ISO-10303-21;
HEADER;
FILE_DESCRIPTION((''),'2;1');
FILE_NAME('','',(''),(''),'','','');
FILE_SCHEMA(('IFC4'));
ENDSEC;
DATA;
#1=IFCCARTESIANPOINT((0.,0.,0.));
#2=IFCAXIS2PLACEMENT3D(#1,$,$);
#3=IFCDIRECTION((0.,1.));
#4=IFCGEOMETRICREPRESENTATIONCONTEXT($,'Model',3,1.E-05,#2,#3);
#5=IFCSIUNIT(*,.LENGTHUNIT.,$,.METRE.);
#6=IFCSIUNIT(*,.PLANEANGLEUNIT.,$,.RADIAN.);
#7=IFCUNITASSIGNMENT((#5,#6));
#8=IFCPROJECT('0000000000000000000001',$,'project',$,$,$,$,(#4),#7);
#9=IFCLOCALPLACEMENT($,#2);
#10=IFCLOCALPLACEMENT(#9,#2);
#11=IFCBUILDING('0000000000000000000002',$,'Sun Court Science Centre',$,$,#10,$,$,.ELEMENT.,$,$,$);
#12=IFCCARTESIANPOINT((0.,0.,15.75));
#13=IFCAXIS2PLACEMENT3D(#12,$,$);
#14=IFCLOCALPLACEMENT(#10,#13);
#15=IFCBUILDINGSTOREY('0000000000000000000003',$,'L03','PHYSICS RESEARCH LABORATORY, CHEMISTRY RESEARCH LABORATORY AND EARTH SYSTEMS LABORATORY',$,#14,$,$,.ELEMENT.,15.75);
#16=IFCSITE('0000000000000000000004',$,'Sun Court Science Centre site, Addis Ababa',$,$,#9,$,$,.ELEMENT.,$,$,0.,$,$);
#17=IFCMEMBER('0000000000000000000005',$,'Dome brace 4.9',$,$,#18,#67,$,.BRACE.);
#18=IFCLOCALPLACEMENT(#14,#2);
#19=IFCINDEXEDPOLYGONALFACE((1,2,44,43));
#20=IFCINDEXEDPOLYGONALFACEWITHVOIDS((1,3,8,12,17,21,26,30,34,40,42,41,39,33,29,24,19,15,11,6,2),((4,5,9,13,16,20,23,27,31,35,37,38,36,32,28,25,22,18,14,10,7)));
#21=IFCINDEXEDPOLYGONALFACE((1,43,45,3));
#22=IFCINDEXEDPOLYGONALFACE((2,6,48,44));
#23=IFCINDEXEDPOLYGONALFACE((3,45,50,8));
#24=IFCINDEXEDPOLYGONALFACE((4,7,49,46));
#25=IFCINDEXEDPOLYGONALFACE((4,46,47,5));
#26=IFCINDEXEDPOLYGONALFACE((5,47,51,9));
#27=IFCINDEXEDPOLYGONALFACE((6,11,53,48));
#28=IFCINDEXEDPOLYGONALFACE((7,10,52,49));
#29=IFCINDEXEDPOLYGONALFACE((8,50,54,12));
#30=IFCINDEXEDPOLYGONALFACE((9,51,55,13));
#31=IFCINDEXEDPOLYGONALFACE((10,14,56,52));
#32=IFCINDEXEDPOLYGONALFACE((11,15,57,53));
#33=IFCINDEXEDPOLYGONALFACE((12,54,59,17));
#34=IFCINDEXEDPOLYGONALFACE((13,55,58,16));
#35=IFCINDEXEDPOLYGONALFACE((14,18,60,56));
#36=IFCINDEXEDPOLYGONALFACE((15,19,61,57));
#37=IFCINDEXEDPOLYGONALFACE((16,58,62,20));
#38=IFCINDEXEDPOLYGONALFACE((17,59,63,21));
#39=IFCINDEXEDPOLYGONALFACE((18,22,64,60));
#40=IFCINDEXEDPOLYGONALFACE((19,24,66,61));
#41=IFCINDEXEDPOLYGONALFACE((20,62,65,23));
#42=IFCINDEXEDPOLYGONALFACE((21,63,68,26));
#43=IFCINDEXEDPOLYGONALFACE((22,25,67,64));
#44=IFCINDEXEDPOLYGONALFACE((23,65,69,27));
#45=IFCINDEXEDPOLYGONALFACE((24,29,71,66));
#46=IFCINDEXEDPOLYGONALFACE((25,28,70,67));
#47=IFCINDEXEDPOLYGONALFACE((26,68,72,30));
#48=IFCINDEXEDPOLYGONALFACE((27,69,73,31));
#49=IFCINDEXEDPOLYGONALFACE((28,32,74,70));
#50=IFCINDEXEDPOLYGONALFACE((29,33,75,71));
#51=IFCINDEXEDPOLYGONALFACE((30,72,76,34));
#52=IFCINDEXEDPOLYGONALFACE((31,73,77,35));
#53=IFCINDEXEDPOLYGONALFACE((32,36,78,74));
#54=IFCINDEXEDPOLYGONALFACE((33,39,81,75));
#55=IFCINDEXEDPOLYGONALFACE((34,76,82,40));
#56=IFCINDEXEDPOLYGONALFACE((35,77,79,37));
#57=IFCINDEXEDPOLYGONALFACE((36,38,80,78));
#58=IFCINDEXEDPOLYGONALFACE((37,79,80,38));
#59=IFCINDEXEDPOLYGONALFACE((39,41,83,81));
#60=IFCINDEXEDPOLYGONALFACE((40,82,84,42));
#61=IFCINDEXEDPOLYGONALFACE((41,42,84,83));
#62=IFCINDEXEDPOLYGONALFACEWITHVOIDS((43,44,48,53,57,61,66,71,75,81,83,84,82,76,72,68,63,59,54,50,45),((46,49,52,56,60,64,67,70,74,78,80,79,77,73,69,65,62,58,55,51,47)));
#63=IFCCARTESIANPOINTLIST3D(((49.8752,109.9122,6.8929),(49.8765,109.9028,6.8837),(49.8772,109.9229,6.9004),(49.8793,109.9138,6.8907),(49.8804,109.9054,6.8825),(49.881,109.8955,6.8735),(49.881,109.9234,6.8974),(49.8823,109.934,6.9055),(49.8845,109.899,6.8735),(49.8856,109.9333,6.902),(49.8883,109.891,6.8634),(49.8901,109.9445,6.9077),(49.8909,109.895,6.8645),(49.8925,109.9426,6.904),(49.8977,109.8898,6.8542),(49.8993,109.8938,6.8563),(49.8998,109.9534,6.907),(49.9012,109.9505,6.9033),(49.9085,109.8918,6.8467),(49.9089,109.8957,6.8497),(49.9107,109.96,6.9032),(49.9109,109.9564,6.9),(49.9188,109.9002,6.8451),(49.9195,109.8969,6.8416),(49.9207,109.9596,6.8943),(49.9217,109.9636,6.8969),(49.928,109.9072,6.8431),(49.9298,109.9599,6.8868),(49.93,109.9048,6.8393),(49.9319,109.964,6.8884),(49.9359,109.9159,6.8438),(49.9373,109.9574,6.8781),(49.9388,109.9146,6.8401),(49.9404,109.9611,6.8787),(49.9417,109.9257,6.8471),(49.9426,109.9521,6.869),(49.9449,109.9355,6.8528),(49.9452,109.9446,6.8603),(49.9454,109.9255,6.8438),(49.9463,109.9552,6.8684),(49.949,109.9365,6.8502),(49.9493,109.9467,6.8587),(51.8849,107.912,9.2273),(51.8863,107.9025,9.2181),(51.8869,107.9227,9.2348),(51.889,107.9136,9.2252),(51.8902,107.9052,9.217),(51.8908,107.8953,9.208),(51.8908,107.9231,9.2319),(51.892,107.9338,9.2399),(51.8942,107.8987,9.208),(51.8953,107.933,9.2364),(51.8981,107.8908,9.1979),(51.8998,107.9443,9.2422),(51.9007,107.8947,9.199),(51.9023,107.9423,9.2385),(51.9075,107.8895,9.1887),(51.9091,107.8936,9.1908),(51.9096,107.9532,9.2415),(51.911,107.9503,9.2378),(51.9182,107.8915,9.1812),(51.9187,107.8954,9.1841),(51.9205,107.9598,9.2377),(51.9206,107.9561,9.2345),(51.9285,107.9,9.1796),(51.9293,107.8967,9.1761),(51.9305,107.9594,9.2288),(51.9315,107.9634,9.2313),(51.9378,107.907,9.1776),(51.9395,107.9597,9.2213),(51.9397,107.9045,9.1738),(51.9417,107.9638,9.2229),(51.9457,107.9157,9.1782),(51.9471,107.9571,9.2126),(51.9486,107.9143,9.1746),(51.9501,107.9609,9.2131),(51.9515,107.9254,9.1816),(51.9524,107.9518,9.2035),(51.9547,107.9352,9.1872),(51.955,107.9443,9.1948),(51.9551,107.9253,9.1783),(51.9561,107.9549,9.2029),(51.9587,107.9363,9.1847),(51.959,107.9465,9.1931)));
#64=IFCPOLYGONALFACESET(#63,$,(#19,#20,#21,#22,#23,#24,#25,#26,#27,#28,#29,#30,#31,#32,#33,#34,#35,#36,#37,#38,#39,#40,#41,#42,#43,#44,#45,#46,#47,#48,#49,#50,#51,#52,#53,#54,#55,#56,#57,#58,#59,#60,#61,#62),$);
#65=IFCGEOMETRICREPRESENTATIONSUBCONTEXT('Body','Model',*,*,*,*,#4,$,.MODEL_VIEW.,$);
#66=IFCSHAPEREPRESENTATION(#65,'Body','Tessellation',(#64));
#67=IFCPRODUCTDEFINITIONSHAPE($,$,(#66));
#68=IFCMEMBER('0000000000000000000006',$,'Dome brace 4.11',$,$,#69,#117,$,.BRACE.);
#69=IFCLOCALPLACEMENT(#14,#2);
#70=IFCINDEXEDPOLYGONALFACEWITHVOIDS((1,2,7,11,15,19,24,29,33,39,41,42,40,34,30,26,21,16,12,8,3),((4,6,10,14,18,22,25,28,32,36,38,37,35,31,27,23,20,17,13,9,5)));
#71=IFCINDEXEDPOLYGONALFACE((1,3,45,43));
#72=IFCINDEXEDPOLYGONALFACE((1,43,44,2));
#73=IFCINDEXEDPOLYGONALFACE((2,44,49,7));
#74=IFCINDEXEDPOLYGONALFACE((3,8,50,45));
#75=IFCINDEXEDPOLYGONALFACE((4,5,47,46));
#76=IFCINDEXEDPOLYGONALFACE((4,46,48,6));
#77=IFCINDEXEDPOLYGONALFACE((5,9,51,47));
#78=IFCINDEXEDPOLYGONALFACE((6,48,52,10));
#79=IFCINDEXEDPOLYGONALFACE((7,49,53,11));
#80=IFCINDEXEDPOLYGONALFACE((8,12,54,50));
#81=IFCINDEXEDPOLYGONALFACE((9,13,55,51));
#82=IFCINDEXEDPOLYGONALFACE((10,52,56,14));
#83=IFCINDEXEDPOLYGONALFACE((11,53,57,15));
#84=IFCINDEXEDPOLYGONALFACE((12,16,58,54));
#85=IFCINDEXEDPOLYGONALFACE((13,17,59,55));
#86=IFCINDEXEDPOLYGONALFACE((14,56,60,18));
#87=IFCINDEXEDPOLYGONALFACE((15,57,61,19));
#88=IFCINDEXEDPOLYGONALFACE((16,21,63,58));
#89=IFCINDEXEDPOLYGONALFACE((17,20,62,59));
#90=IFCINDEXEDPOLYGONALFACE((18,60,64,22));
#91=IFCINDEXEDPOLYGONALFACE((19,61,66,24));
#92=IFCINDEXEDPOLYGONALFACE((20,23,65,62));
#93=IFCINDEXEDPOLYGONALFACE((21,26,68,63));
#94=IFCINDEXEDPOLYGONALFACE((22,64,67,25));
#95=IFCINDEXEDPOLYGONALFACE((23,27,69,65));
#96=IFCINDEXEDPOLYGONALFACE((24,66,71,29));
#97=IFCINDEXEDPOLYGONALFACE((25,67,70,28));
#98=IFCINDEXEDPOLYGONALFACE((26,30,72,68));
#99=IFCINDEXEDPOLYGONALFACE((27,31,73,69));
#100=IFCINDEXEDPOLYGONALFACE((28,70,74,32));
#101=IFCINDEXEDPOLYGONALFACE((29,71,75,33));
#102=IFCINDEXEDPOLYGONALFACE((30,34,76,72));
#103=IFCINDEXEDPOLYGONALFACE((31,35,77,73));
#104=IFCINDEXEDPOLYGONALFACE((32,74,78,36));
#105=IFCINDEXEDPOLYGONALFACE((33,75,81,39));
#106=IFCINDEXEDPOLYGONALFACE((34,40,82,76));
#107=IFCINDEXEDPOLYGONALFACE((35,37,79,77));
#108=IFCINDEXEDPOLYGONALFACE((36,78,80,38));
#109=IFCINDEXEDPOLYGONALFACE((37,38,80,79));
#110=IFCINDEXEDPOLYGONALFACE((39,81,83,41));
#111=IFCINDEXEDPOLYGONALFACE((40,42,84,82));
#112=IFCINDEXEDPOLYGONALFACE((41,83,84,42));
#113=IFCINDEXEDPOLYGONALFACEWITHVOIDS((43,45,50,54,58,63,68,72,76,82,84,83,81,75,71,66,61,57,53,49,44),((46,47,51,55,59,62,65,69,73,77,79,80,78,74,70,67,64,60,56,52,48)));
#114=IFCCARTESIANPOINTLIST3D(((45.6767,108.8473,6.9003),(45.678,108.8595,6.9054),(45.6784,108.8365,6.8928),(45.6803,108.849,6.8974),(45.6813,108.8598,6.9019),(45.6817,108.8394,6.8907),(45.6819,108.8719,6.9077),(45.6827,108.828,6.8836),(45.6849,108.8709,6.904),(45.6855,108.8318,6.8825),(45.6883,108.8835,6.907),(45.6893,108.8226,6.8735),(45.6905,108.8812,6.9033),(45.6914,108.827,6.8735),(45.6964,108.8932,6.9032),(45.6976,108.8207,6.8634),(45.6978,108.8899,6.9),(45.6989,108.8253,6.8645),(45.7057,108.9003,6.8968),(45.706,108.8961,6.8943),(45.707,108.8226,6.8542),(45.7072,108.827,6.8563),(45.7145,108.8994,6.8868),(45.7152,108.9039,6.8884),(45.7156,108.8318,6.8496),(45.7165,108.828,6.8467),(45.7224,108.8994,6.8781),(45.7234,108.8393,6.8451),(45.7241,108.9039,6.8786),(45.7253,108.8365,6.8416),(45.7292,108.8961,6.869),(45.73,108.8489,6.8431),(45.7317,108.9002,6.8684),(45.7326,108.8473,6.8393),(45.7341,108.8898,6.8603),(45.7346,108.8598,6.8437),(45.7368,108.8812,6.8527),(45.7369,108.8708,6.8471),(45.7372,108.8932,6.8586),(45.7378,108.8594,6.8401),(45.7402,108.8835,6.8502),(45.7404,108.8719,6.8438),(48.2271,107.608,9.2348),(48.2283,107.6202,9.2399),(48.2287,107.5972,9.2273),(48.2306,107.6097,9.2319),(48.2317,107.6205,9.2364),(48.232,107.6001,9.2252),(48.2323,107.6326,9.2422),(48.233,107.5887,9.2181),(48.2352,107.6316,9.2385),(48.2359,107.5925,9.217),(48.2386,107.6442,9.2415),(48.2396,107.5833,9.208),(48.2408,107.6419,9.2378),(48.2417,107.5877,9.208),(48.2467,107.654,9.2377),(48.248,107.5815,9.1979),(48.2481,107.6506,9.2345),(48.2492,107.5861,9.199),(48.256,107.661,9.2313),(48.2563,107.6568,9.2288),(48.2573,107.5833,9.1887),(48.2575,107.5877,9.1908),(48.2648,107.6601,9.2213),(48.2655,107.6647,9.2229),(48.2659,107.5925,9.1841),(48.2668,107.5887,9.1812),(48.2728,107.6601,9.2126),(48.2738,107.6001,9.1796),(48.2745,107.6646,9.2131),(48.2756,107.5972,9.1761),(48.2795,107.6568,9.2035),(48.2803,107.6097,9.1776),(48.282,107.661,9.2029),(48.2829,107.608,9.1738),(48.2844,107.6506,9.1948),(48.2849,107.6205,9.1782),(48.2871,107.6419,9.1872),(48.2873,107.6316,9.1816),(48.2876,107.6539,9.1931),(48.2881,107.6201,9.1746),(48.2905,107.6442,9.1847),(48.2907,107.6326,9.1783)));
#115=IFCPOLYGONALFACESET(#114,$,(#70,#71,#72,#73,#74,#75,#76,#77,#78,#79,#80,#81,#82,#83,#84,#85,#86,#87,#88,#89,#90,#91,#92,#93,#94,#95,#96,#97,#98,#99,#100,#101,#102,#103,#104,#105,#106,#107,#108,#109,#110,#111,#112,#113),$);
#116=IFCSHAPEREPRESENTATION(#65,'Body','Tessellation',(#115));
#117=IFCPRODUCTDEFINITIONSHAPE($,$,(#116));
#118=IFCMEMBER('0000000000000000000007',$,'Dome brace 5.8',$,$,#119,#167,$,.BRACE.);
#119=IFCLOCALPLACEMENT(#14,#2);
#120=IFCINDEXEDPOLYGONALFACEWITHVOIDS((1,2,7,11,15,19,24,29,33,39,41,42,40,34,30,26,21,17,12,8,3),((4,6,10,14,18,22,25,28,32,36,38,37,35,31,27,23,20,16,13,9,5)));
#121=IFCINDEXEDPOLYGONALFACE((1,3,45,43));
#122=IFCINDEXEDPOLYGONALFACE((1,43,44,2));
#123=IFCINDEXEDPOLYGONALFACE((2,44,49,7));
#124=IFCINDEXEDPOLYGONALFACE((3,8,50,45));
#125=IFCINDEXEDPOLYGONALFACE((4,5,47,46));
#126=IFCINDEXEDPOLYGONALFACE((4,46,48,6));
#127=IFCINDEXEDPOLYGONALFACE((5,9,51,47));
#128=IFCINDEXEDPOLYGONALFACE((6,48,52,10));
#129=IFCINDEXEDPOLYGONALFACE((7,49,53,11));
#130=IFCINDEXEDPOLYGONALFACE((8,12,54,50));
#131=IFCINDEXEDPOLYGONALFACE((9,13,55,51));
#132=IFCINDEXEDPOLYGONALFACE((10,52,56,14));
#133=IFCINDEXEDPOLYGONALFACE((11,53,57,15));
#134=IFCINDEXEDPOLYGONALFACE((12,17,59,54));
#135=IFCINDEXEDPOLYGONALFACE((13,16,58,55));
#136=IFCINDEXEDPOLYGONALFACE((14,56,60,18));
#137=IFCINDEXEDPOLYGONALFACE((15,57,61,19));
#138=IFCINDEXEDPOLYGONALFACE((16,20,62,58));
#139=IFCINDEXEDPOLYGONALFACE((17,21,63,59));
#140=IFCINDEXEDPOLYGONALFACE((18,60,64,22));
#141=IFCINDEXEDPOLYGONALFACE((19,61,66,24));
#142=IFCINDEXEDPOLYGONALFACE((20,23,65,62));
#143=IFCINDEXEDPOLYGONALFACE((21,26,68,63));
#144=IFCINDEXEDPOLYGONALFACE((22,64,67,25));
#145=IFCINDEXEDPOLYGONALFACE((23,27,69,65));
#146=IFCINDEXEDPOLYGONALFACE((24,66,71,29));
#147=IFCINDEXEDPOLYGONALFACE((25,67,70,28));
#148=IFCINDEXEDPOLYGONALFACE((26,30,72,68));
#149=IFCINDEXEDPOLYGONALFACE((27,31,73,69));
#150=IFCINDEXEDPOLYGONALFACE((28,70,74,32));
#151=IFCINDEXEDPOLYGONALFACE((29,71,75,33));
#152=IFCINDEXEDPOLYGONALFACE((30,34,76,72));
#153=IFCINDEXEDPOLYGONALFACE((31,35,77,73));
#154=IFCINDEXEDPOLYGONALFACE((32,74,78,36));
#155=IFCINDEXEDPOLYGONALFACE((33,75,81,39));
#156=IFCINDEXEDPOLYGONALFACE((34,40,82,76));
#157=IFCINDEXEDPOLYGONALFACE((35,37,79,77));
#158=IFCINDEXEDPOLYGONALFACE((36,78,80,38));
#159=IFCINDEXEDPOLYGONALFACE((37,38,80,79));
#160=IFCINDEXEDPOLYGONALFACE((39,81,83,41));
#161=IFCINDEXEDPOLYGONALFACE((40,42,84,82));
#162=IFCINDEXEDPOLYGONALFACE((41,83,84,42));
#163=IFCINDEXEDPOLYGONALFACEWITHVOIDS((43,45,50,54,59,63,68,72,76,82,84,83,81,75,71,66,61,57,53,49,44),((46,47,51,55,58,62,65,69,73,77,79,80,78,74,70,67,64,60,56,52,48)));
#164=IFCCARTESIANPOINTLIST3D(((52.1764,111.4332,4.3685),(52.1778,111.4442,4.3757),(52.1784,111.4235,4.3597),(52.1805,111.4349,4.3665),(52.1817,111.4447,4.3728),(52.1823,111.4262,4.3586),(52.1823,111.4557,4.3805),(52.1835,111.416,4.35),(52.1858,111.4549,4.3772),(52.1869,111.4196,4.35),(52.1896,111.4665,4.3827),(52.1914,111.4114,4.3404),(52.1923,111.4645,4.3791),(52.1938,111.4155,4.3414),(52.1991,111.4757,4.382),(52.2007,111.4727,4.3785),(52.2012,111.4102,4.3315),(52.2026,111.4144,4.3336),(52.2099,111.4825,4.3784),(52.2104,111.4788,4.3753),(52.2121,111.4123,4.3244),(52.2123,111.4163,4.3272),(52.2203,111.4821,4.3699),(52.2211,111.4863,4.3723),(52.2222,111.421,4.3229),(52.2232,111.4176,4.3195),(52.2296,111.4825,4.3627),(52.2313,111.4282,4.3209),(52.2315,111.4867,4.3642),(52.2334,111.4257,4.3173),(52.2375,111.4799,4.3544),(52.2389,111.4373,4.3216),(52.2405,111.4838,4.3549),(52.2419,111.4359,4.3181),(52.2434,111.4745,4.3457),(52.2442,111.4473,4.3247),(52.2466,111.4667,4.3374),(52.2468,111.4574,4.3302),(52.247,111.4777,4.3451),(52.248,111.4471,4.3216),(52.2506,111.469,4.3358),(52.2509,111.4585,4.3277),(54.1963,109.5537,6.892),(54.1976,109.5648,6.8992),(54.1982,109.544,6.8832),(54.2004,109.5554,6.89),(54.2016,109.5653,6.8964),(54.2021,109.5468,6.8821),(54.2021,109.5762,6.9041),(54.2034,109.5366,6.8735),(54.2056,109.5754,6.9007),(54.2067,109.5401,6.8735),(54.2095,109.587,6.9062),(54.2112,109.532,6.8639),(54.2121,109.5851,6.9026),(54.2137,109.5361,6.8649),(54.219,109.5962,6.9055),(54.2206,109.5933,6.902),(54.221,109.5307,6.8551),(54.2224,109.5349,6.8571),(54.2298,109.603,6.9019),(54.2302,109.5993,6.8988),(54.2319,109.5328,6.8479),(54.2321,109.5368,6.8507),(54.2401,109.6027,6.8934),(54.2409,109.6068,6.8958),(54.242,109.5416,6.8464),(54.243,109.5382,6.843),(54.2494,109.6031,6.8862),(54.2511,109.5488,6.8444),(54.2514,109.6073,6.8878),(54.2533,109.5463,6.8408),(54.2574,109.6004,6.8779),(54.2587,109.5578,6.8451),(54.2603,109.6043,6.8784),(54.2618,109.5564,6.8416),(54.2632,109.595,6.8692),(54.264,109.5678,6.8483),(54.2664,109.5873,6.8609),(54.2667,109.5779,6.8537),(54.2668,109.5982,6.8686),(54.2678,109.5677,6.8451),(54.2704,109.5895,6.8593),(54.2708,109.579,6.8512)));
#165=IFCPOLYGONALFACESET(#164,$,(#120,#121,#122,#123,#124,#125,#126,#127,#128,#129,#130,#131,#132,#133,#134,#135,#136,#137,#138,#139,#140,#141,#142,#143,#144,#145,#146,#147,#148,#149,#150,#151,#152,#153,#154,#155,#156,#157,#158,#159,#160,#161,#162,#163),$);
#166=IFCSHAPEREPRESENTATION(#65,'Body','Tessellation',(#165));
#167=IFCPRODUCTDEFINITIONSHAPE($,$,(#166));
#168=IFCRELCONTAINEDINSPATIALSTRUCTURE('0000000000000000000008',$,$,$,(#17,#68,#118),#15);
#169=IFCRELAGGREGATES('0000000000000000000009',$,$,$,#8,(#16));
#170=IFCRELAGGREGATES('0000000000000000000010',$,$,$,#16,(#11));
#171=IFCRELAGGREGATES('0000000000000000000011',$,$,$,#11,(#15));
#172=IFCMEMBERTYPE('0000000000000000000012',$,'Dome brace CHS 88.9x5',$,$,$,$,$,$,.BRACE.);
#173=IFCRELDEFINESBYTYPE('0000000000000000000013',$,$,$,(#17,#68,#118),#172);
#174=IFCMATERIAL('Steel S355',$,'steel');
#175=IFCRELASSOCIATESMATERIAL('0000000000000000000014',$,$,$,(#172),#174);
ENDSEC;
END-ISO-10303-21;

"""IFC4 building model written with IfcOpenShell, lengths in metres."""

from ifc_helpers import new_model, si_unit, direction, frame, origin, origin_2d, place, context, subcontext, project, spatial, hollow_circle, extrude, material, material_profile, profile_set, type_object, element, save


model = new_model("IFC4")

# Units and contexts
model_context = context("Model", 3, precision=1e-05, world=origin(), true_north=direction((0.0, 1.0)))
body_context = subcontext(model_context, "Body", "Model", "MODEL_VIEW")
ifc_project = project(units=[si_unit("LENGTHUNIT", "METRE"), si_unit("PLANEANGLEUNIT", "RADIAN")], contexts=[model_context])

# Site, building, storey
site_placement = place(None, origin())
site = spatial("IfcSite", under=ifc_project, at=site_placement, Name="Sun Court Science Centre site, Addis Ababa", CompositionType="ELEMENT", RefElevation=0.0)
building_placement = place(site_placement, origin())
building = spatial("IfcBuilding", under=site, at=building_placement, Name="Sun Court Science Centre", CompositionType="ELEMENT")
storey_placement = place(building_placement, frame((0.0, 0.0, 15.75)))
storey = spatial("IfcBuildingStorey", under=building, at=storey_placement, Name="L03", Description="PHYSICS RESEARCH LABORATORY, CHEMISTRY RESEARCH LABORATORY AND EARTH SYSTEMS LABORATORY", CompositionType="ELEMENT", Elevation=15.75)

# Members
ifc_material_1 = material(Name="Steel S355", Category="steel")
ifc_material_profile_1 = material_profile(ifc_material_1, hollow_circle(Radius=0.0444, WallThickness=0.0049, at=origin_2d()), Name="CHS 88.9x5")
ifc_profile_set_1 = profile_set([ifc_material_profile_1], Name="Steel S355")
member_type_1 = type_object("IfcMemberType", Name="Dome brace CHS 88.9x5", PredefinedType="BRACE", material=ifc_profile_set_1)
for number, where, z_axis, x_axis, name in (
    (1, (51.9221, 107.9268, 9.208), (-0.547194, 0.544601, -0.635601), (-0.705426, -0.708784, 0.0), "Dome brace 4.9"),
    (2, (48.259, 107.6233, 9.208), (-0.694371, 0.337414, -0.63561), (-0.437059, -0.899433, 0.0), "Dome brace 4.11"),
):
    element("IfcMember", number, at=place(storey_placement, frame(where, z_axis=z_axis, x_axis=x_axis)), inside=storey, type_object=member_type_1, Name=name, PredefinedType="BRACE", context=body_context, shape_type="SweptSolid", body=[
        extrude(hollow_circle(Radius=0.0444, WallThickness=0.0049, at=origin_2d()), origin(), (0.0, 0.0, 1.0), 3.6729),
    ])
for number, where, z_axis, x_axis, name in (
    (3, (54.2336, 109.5691, 6.8735), (-0.540206, 0.50266, -0.674915), (-0.681208, -0.73209, 0.0), "Dome brace 5.8"),
):
    element("IfcMember", number, at=place(storey_placement, frame(where, z_axis=z_axis, x_axis=x_axis)), inside=storey, type_object=member_type_1, Name=name, PredefinedType="BRACE", context=body_context, shape_type="SweptSolid", body=[
        extrude(hollow_circle(Radius=0.0444, WallThickness=0.0049, at=origin_2d()), origin(), (0.0, 0.0, 1.0), 3.739),
    ])

save(model, "model.ifc")
